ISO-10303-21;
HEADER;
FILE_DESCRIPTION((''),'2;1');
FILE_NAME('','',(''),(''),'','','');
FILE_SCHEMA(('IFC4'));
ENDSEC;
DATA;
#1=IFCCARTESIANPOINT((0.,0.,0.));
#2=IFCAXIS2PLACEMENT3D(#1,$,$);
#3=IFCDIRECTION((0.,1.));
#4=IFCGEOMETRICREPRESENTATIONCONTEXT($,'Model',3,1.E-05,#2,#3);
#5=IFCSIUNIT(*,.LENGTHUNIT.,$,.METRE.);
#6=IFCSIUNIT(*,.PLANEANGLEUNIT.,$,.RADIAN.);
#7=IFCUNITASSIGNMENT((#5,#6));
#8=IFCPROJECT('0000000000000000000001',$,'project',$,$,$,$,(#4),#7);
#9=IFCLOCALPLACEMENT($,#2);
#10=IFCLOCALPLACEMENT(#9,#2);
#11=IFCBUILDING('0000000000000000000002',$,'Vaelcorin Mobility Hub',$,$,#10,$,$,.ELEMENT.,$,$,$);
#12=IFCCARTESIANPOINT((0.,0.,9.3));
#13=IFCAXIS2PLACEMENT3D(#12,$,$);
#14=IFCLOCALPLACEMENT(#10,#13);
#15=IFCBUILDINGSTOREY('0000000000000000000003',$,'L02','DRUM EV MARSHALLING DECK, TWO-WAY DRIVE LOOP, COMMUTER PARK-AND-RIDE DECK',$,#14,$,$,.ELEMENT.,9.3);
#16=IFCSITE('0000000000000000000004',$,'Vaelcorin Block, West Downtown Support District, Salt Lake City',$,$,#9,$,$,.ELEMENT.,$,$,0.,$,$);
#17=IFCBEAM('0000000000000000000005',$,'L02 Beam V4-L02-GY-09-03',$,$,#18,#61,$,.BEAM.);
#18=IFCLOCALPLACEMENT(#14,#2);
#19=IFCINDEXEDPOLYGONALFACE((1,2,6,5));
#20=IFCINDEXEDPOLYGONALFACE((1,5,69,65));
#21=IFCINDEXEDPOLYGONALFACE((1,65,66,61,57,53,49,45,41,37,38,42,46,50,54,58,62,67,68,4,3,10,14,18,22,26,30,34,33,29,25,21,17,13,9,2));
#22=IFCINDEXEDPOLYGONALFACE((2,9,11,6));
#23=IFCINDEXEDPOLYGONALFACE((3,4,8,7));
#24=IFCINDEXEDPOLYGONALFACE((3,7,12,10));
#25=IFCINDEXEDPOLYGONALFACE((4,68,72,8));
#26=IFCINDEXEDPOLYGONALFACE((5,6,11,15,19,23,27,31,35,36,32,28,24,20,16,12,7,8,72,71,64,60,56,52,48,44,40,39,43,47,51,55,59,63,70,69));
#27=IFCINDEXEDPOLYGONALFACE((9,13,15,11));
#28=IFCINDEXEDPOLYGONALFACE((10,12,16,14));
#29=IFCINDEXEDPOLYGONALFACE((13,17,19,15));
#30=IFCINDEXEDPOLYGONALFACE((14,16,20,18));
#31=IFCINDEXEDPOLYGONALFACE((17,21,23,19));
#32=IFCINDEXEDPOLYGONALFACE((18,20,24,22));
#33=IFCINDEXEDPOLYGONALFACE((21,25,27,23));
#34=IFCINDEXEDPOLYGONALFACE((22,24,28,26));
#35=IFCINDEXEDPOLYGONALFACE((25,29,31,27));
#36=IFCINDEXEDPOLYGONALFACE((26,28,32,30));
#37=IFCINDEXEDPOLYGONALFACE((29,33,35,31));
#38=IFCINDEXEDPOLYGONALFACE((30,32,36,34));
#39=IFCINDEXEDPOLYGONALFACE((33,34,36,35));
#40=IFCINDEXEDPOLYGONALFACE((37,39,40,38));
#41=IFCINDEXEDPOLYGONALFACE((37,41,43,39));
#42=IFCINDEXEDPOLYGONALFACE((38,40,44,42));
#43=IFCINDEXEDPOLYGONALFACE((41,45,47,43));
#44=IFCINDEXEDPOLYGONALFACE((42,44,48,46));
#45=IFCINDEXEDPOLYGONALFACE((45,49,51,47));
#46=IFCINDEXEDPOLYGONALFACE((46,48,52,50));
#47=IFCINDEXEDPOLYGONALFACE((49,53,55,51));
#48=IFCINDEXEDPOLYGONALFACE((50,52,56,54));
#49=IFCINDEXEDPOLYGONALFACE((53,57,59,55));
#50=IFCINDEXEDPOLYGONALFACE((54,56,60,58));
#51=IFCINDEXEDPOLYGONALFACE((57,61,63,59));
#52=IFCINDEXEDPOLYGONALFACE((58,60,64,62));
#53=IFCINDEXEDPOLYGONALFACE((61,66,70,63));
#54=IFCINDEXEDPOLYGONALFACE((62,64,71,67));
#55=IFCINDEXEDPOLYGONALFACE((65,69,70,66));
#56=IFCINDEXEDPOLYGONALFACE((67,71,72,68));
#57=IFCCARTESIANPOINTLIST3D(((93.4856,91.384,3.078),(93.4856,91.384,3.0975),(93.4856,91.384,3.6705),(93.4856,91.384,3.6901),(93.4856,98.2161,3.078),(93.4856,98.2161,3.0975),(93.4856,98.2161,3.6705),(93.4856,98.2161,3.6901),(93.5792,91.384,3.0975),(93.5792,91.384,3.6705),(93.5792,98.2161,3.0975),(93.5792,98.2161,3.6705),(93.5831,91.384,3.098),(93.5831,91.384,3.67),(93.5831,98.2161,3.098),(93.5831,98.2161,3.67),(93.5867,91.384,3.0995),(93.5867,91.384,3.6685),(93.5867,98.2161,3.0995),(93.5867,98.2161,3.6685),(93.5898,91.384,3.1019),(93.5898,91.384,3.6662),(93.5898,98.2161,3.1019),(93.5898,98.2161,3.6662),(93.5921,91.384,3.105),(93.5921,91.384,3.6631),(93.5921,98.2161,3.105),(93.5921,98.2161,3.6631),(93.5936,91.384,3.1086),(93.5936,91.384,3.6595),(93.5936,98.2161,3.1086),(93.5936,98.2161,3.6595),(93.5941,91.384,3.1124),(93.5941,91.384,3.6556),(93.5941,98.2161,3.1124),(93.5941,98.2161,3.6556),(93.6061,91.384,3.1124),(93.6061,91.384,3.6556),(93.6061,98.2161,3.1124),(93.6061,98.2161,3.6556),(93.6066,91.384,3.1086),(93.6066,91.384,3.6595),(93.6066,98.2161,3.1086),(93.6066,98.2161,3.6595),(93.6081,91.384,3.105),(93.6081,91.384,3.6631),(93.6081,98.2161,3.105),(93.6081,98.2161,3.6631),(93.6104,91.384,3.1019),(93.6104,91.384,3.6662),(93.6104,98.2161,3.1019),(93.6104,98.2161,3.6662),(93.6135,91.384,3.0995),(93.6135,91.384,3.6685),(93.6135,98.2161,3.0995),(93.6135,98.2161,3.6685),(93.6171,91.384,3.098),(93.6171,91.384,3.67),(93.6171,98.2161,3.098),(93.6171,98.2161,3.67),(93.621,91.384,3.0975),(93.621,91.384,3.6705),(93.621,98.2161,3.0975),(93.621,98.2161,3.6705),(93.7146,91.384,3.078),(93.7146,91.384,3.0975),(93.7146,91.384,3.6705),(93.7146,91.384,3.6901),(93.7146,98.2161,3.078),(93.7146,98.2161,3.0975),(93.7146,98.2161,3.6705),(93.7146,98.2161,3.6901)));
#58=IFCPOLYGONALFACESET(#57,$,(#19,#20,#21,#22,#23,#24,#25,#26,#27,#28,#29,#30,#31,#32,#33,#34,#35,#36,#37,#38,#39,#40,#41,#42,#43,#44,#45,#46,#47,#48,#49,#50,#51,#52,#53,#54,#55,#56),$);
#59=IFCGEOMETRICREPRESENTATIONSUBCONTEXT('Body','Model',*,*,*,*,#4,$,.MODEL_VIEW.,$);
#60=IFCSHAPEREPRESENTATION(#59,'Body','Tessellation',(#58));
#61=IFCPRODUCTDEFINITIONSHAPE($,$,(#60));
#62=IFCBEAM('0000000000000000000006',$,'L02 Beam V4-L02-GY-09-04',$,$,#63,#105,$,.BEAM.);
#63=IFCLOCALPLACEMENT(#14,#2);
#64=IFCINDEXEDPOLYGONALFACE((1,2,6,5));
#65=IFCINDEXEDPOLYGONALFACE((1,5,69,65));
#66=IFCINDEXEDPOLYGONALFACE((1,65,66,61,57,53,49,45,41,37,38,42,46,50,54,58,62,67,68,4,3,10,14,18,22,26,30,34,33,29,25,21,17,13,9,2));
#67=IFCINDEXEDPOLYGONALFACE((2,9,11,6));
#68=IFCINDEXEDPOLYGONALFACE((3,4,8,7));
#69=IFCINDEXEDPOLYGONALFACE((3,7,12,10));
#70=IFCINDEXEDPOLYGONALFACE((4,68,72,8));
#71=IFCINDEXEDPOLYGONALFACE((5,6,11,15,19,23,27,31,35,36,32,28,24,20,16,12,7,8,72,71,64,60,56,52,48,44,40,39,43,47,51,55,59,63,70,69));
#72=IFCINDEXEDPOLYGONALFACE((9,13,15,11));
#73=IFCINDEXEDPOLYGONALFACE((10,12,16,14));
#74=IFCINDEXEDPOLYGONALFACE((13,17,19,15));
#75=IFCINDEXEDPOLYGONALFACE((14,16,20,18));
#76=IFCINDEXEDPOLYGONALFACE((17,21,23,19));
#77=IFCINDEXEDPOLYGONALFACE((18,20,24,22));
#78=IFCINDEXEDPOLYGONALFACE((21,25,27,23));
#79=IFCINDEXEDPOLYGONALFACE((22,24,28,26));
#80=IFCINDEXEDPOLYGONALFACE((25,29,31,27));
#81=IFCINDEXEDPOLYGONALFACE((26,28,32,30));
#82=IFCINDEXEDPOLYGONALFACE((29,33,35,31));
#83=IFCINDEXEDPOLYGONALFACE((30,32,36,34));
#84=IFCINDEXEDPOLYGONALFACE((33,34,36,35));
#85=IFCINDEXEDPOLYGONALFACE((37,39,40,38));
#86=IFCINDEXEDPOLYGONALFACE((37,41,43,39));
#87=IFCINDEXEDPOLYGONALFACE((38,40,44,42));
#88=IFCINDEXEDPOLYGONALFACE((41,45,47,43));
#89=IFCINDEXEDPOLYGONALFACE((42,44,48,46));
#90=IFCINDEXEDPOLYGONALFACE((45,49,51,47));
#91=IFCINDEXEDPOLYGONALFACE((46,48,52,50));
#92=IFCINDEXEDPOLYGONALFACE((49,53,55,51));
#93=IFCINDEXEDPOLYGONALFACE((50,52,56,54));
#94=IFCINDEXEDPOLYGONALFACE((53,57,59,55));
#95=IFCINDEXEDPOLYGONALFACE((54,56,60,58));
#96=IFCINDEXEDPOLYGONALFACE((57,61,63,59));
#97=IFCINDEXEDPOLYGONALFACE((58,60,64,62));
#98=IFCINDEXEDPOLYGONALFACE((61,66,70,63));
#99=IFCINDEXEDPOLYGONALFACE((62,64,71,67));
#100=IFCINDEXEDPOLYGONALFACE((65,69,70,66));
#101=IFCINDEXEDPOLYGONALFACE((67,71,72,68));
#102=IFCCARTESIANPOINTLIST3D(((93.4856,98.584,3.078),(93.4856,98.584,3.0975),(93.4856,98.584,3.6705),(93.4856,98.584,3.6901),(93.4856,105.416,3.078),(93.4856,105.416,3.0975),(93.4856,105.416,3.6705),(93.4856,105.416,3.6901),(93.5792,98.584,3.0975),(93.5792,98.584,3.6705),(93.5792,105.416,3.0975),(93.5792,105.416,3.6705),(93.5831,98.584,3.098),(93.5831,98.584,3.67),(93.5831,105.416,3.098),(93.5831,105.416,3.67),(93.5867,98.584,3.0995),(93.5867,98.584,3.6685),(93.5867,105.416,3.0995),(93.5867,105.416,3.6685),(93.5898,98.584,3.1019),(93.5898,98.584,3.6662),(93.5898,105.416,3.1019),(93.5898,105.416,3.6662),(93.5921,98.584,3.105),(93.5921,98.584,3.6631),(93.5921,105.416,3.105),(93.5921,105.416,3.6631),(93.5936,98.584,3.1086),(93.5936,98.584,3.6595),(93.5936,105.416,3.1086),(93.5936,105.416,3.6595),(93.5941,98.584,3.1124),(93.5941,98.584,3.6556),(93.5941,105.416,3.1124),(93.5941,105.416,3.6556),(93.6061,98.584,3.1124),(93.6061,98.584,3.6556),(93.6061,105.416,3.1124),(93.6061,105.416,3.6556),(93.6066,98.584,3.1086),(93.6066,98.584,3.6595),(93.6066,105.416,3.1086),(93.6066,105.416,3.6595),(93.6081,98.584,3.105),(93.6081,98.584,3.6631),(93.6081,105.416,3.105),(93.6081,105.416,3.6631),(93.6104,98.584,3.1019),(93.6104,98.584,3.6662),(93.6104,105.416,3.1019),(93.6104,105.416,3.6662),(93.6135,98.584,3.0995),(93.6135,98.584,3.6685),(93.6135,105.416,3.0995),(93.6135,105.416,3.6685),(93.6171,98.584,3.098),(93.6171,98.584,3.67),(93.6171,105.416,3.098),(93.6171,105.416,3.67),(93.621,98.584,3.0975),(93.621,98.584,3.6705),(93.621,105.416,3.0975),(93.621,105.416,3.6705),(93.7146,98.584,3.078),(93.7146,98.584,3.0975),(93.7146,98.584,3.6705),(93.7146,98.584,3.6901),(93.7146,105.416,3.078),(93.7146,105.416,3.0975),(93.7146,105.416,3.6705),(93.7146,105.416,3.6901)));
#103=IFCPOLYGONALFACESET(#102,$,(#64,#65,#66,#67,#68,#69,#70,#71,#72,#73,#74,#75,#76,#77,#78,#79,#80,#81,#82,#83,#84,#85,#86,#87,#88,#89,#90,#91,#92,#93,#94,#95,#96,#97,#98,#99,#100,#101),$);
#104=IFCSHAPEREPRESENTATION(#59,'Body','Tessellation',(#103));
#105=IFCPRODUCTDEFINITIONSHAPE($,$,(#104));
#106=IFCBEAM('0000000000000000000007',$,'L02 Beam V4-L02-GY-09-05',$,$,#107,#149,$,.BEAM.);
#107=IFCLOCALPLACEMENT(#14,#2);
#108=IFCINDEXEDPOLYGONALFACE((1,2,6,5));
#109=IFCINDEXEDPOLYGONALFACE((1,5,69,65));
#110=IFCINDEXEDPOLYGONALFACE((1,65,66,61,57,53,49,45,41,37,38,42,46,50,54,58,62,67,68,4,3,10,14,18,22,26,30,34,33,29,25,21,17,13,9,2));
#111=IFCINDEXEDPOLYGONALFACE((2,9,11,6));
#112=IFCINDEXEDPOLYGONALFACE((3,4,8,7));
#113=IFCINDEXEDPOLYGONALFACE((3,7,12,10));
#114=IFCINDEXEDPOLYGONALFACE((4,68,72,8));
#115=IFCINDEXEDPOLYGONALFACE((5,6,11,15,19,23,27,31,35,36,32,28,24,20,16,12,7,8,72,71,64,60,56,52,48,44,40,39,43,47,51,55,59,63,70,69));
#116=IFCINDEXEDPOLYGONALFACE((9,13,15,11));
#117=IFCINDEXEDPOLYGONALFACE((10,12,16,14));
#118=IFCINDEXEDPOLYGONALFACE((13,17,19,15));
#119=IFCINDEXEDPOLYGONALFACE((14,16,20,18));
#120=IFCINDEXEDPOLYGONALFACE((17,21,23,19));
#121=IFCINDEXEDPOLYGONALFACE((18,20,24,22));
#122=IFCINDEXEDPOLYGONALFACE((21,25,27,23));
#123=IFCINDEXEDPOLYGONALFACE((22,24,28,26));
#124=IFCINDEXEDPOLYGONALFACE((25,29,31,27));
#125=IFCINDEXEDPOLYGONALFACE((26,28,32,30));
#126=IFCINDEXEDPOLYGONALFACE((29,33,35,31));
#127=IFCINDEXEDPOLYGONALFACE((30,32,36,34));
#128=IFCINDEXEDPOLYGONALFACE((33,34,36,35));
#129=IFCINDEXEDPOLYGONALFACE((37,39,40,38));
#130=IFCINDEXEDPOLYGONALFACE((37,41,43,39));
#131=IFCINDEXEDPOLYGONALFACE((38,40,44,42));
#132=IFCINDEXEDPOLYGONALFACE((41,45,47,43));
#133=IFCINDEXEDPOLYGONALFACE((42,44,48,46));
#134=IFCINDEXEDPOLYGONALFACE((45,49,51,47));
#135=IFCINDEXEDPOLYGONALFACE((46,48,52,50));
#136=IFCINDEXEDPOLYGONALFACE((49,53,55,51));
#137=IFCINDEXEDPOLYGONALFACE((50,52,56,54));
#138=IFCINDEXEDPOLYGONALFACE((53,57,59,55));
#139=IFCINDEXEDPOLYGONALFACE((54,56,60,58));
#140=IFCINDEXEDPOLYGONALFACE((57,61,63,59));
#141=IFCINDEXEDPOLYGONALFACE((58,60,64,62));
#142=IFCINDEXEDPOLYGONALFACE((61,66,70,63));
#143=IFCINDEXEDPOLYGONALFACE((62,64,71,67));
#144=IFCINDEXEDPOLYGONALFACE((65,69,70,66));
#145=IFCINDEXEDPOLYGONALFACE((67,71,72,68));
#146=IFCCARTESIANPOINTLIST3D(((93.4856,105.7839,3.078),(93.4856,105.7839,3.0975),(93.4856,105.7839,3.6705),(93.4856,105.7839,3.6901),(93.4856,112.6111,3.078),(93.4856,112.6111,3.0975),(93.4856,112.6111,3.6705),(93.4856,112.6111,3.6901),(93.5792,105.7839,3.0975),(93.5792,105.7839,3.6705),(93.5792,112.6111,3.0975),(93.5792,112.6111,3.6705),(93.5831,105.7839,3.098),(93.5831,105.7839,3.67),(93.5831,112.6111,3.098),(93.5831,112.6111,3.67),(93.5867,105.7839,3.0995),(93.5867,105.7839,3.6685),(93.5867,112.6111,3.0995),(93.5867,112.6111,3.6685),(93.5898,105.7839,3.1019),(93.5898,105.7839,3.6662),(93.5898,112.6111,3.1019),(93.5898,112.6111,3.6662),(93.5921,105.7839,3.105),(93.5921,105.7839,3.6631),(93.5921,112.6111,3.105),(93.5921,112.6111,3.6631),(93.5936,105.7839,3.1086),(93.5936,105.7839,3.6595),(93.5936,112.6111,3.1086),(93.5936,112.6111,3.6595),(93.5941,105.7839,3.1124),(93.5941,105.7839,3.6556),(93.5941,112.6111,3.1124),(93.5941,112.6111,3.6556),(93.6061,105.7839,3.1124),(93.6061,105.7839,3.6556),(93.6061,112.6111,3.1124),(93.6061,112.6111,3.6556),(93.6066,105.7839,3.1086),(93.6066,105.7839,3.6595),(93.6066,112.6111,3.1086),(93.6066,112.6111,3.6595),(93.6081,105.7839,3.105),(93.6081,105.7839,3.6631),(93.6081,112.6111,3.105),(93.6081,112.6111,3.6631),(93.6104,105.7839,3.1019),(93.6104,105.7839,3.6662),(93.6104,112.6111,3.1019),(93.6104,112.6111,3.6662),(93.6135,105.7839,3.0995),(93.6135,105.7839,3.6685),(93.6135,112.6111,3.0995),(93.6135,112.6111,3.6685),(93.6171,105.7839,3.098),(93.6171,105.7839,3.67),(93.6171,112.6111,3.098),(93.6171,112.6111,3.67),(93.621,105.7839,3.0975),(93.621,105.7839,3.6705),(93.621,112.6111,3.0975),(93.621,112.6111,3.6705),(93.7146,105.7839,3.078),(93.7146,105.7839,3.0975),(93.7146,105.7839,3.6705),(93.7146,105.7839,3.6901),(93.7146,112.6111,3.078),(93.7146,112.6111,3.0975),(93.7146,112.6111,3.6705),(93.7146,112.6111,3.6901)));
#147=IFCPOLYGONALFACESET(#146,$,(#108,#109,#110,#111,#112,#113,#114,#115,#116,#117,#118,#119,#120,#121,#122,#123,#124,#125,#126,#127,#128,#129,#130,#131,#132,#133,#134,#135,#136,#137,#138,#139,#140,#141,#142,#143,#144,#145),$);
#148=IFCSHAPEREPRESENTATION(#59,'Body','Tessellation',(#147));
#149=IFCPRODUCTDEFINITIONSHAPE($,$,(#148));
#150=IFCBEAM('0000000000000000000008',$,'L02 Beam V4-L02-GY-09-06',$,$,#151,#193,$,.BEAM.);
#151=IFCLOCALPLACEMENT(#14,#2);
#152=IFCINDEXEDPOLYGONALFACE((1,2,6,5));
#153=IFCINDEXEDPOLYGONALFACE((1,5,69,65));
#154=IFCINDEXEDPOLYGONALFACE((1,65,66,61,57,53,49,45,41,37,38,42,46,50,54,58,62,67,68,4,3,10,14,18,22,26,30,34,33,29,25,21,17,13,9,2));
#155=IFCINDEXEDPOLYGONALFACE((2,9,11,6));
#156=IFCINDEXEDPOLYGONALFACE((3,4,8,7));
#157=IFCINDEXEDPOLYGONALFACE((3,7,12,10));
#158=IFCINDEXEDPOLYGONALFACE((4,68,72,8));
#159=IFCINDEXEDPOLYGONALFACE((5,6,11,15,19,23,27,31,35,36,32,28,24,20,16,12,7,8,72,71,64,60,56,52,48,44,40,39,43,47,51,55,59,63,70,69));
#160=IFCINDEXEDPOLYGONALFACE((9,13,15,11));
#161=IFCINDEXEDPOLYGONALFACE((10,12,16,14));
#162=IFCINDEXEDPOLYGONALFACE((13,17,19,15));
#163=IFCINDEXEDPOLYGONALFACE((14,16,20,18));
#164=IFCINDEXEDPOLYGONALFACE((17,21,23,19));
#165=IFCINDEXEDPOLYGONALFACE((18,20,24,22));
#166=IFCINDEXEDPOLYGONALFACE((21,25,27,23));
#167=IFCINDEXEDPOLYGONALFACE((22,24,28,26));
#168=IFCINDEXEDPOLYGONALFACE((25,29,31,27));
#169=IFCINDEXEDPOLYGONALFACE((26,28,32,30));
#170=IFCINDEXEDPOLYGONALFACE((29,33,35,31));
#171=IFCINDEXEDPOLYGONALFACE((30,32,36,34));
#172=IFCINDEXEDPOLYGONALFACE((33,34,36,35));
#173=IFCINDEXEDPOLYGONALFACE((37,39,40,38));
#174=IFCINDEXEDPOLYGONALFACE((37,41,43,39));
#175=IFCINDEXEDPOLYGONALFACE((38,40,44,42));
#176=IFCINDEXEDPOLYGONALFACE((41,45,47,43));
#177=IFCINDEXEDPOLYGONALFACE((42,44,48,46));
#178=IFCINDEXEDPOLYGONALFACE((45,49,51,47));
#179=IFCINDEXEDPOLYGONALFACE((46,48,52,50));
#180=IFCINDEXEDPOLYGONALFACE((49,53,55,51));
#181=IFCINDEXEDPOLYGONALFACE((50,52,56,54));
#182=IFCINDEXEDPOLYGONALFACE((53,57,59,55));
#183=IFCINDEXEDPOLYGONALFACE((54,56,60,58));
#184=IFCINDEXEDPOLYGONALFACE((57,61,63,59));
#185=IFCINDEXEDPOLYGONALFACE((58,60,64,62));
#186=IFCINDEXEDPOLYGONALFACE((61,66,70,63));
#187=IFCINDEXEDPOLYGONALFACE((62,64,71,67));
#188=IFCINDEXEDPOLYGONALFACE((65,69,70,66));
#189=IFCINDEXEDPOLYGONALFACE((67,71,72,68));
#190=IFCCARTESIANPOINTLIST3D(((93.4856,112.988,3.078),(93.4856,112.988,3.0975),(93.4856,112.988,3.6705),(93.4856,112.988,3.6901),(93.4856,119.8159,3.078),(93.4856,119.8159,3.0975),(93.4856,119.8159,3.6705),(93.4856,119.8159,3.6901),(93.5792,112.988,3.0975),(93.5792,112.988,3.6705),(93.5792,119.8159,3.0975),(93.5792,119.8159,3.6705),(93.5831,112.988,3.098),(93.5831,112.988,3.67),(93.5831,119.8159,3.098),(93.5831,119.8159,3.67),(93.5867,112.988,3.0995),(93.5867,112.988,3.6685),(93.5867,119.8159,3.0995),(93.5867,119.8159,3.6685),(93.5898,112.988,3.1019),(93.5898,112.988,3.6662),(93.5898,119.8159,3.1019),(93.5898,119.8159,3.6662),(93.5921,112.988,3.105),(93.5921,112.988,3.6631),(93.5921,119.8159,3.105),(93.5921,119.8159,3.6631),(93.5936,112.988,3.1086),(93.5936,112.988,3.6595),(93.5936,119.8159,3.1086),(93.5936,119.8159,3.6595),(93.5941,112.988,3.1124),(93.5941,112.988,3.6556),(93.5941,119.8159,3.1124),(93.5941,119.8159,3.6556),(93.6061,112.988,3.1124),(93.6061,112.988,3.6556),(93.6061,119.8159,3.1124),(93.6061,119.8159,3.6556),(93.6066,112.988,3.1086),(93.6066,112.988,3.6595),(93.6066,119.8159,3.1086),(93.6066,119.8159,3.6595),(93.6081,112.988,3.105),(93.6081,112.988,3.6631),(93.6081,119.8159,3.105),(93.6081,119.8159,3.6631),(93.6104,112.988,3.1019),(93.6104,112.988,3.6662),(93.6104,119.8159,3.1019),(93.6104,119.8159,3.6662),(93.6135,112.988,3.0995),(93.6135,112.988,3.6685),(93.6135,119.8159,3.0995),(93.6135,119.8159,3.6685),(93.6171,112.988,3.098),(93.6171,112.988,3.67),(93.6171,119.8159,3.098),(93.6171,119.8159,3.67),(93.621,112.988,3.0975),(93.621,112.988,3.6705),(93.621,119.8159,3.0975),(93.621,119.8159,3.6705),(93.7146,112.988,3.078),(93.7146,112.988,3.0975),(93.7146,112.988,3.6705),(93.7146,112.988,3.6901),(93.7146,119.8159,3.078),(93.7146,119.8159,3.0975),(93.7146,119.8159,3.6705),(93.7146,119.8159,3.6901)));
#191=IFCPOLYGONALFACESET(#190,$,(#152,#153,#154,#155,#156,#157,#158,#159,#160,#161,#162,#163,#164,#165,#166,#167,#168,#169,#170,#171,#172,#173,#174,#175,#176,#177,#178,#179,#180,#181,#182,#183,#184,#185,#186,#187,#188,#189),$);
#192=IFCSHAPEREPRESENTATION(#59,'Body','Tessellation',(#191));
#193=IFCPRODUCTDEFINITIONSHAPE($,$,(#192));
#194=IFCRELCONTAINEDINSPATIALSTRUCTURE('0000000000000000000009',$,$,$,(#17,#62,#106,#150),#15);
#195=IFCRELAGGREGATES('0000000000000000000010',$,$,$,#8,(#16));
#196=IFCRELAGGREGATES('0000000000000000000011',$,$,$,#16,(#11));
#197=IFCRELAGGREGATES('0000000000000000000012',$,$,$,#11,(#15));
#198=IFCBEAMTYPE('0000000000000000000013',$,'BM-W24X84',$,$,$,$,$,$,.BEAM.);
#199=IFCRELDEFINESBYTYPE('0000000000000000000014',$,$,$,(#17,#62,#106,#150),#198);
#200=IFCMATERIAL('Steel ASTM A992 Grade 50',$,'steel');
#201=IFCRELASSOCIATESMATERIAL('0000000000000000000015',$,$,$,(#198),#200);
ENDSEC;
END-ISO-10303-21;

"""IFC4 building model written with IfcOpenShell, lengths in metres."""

from ifc_helpers import new_model, si_unit, direction, frame, origin, origin_2d, place, context, subcontext, project, spatial, i_section, extrude, material, material_profile, profile_set, type_object, element, save


model = new_model("IFC4")

# Units and contexts
model_context = context("Model", 3, precision=1e-05, world=origin(), true_north=direction((0.0, 1.0)))
body_context = subcontext(model_context, "Body", "Model", "MODEL_VIEW")
ifc_project = project(units=[si_unit("LENGTHUNIT", "METRE"), si_unit("PLANEANGLEUNIT", "RADIAN")], contexts=[model_context])

# Site, building, storey
site_placement = place(None, origin())
site = spatial("IfcSite", under=ifc_project, at=site_placement, Name="Vaelcorin Block, West Downtown Support District, Salt Lake City", CompositionType="ELEMENT", RefElevation=0.0)
building_placement = place(site_placement, origin())
building = spatial("IfcBuilding", under=site, at=building_placement, Name="Vaelcorin Mobility Hub", CompositionType="ELEMENT")
storey_placement = place(building_placement, frame((0.0, 0.0, 9.3)))
storey = spatial("IfcBuildingStorey", under=building, at=storey_placement, Name="L02", Description="DRUM EV MARSHALLING DECK, TWO-WAY DRIVE LOOP, COMMUTER PARK-AND-RIDE DECK", CompositionType="ELEMENT", Elevation=9.3)

# Shared definitions
ifc_material_1 = material(Name="Steel ASTM A992 Grade 50", Category="steel")

# Beams
ifc_material_profile_1 = material_profile(ifc_material_1, i_section(OverallWidth=0.229, OverallDepth=0.6121, WebThickness=0.012, FlangeThickness=0.0195, FilletRadius=0.0149, at=origin_2d()), Name="W24X84")
ifc_profile_set_1 = profile_set([ifc_material_profile_1], Name="Steel ASTM A992 Grade 50")
beam_type_1 = type_object("IfcBeamType", Name="BM-W24X84", PredefinedType="BEAM", material=ifc_profile_set_1)
for number, where, z_axis, x_axis, name in (
    (1, (93.6001, 91.384, 3.384), (0.0, 1.0, 0.0), (-1.0, 0.0, 0.0), "L02 Beam V4-L02-GY-09-03"),
    (2, (93.6001, 98.584, 3.384), (0.0, 1.0, 0.0), (-1.0, 0.0, 0.0), "L02 Beam V4-L02-GY-09-04"),
):
    element("IfcBeam", number, at=place(storey_placement, frame(where, z_axis=z_axis, x_axis=x_axis)), inside=storey, type_object=beam_type_1, Name=name, PredefinedType="BEAM", context=body_context, shape_type="SweptSolid", body=[
        extrude(i_section(OverallWidth=0.229, OverallDepth=0.6121, WebThickness=0.012, FlangeThickness=0.0195, FilletRadius=0.0149, at=origin_2d()), origin(), (0.0, 0.0, 1.0), 6.832),
    ])
beam_1_placement = place(storey_placement, frame((93.6001, 105.7839, 3.384), z_axis=(0.0, 1.0, 0.0), x_axis=(-1.0, 0.0, 0.0)))
element("IfcBeam", 3, at=beam_1_placement, inside=storey, type_object=beam_type_1, Name="L02 Beam V4-L02-GY-09-05", PredefinedType="BEAM", context=body_context, shape_type="SweptSolid", body=[
    extrude(i_section(OverallWidth=0.229, OverallDepth=0.6121, WebThickness=0.012, FlangeThickness=0.0195, FilletRadius=0.0149, at=origin_2d()), origin(), (0.0, 0.0, 1.0), 6.8271),
])
beam_2_placement = place(storey_placement, frame((93.6001, 112.988, 3.384), z_axis=(0.0, 1.0, 0.0), x_axis=(-1.0, 0.0, 0.0)))
element("IfcBeam", 4, at=beam_2_placement, inside=storey, type_object=beam_type_1, Name="L02 Beam V4-L02-GY-09-06", PredefinedType="BEAM", context=body_context, shape_type="SweptSolid", body=[
    extrude(i_section(OverallWidth=0.229, OverallDepth=0.6121, WebThickness=0.012, FlangeThickness=0.0195, FilletRadius=0.0149, at=origin_2d()), origin(), (0.0, 0.0, 1.0), 6.8279),
])

save(model, "model.ifc")
